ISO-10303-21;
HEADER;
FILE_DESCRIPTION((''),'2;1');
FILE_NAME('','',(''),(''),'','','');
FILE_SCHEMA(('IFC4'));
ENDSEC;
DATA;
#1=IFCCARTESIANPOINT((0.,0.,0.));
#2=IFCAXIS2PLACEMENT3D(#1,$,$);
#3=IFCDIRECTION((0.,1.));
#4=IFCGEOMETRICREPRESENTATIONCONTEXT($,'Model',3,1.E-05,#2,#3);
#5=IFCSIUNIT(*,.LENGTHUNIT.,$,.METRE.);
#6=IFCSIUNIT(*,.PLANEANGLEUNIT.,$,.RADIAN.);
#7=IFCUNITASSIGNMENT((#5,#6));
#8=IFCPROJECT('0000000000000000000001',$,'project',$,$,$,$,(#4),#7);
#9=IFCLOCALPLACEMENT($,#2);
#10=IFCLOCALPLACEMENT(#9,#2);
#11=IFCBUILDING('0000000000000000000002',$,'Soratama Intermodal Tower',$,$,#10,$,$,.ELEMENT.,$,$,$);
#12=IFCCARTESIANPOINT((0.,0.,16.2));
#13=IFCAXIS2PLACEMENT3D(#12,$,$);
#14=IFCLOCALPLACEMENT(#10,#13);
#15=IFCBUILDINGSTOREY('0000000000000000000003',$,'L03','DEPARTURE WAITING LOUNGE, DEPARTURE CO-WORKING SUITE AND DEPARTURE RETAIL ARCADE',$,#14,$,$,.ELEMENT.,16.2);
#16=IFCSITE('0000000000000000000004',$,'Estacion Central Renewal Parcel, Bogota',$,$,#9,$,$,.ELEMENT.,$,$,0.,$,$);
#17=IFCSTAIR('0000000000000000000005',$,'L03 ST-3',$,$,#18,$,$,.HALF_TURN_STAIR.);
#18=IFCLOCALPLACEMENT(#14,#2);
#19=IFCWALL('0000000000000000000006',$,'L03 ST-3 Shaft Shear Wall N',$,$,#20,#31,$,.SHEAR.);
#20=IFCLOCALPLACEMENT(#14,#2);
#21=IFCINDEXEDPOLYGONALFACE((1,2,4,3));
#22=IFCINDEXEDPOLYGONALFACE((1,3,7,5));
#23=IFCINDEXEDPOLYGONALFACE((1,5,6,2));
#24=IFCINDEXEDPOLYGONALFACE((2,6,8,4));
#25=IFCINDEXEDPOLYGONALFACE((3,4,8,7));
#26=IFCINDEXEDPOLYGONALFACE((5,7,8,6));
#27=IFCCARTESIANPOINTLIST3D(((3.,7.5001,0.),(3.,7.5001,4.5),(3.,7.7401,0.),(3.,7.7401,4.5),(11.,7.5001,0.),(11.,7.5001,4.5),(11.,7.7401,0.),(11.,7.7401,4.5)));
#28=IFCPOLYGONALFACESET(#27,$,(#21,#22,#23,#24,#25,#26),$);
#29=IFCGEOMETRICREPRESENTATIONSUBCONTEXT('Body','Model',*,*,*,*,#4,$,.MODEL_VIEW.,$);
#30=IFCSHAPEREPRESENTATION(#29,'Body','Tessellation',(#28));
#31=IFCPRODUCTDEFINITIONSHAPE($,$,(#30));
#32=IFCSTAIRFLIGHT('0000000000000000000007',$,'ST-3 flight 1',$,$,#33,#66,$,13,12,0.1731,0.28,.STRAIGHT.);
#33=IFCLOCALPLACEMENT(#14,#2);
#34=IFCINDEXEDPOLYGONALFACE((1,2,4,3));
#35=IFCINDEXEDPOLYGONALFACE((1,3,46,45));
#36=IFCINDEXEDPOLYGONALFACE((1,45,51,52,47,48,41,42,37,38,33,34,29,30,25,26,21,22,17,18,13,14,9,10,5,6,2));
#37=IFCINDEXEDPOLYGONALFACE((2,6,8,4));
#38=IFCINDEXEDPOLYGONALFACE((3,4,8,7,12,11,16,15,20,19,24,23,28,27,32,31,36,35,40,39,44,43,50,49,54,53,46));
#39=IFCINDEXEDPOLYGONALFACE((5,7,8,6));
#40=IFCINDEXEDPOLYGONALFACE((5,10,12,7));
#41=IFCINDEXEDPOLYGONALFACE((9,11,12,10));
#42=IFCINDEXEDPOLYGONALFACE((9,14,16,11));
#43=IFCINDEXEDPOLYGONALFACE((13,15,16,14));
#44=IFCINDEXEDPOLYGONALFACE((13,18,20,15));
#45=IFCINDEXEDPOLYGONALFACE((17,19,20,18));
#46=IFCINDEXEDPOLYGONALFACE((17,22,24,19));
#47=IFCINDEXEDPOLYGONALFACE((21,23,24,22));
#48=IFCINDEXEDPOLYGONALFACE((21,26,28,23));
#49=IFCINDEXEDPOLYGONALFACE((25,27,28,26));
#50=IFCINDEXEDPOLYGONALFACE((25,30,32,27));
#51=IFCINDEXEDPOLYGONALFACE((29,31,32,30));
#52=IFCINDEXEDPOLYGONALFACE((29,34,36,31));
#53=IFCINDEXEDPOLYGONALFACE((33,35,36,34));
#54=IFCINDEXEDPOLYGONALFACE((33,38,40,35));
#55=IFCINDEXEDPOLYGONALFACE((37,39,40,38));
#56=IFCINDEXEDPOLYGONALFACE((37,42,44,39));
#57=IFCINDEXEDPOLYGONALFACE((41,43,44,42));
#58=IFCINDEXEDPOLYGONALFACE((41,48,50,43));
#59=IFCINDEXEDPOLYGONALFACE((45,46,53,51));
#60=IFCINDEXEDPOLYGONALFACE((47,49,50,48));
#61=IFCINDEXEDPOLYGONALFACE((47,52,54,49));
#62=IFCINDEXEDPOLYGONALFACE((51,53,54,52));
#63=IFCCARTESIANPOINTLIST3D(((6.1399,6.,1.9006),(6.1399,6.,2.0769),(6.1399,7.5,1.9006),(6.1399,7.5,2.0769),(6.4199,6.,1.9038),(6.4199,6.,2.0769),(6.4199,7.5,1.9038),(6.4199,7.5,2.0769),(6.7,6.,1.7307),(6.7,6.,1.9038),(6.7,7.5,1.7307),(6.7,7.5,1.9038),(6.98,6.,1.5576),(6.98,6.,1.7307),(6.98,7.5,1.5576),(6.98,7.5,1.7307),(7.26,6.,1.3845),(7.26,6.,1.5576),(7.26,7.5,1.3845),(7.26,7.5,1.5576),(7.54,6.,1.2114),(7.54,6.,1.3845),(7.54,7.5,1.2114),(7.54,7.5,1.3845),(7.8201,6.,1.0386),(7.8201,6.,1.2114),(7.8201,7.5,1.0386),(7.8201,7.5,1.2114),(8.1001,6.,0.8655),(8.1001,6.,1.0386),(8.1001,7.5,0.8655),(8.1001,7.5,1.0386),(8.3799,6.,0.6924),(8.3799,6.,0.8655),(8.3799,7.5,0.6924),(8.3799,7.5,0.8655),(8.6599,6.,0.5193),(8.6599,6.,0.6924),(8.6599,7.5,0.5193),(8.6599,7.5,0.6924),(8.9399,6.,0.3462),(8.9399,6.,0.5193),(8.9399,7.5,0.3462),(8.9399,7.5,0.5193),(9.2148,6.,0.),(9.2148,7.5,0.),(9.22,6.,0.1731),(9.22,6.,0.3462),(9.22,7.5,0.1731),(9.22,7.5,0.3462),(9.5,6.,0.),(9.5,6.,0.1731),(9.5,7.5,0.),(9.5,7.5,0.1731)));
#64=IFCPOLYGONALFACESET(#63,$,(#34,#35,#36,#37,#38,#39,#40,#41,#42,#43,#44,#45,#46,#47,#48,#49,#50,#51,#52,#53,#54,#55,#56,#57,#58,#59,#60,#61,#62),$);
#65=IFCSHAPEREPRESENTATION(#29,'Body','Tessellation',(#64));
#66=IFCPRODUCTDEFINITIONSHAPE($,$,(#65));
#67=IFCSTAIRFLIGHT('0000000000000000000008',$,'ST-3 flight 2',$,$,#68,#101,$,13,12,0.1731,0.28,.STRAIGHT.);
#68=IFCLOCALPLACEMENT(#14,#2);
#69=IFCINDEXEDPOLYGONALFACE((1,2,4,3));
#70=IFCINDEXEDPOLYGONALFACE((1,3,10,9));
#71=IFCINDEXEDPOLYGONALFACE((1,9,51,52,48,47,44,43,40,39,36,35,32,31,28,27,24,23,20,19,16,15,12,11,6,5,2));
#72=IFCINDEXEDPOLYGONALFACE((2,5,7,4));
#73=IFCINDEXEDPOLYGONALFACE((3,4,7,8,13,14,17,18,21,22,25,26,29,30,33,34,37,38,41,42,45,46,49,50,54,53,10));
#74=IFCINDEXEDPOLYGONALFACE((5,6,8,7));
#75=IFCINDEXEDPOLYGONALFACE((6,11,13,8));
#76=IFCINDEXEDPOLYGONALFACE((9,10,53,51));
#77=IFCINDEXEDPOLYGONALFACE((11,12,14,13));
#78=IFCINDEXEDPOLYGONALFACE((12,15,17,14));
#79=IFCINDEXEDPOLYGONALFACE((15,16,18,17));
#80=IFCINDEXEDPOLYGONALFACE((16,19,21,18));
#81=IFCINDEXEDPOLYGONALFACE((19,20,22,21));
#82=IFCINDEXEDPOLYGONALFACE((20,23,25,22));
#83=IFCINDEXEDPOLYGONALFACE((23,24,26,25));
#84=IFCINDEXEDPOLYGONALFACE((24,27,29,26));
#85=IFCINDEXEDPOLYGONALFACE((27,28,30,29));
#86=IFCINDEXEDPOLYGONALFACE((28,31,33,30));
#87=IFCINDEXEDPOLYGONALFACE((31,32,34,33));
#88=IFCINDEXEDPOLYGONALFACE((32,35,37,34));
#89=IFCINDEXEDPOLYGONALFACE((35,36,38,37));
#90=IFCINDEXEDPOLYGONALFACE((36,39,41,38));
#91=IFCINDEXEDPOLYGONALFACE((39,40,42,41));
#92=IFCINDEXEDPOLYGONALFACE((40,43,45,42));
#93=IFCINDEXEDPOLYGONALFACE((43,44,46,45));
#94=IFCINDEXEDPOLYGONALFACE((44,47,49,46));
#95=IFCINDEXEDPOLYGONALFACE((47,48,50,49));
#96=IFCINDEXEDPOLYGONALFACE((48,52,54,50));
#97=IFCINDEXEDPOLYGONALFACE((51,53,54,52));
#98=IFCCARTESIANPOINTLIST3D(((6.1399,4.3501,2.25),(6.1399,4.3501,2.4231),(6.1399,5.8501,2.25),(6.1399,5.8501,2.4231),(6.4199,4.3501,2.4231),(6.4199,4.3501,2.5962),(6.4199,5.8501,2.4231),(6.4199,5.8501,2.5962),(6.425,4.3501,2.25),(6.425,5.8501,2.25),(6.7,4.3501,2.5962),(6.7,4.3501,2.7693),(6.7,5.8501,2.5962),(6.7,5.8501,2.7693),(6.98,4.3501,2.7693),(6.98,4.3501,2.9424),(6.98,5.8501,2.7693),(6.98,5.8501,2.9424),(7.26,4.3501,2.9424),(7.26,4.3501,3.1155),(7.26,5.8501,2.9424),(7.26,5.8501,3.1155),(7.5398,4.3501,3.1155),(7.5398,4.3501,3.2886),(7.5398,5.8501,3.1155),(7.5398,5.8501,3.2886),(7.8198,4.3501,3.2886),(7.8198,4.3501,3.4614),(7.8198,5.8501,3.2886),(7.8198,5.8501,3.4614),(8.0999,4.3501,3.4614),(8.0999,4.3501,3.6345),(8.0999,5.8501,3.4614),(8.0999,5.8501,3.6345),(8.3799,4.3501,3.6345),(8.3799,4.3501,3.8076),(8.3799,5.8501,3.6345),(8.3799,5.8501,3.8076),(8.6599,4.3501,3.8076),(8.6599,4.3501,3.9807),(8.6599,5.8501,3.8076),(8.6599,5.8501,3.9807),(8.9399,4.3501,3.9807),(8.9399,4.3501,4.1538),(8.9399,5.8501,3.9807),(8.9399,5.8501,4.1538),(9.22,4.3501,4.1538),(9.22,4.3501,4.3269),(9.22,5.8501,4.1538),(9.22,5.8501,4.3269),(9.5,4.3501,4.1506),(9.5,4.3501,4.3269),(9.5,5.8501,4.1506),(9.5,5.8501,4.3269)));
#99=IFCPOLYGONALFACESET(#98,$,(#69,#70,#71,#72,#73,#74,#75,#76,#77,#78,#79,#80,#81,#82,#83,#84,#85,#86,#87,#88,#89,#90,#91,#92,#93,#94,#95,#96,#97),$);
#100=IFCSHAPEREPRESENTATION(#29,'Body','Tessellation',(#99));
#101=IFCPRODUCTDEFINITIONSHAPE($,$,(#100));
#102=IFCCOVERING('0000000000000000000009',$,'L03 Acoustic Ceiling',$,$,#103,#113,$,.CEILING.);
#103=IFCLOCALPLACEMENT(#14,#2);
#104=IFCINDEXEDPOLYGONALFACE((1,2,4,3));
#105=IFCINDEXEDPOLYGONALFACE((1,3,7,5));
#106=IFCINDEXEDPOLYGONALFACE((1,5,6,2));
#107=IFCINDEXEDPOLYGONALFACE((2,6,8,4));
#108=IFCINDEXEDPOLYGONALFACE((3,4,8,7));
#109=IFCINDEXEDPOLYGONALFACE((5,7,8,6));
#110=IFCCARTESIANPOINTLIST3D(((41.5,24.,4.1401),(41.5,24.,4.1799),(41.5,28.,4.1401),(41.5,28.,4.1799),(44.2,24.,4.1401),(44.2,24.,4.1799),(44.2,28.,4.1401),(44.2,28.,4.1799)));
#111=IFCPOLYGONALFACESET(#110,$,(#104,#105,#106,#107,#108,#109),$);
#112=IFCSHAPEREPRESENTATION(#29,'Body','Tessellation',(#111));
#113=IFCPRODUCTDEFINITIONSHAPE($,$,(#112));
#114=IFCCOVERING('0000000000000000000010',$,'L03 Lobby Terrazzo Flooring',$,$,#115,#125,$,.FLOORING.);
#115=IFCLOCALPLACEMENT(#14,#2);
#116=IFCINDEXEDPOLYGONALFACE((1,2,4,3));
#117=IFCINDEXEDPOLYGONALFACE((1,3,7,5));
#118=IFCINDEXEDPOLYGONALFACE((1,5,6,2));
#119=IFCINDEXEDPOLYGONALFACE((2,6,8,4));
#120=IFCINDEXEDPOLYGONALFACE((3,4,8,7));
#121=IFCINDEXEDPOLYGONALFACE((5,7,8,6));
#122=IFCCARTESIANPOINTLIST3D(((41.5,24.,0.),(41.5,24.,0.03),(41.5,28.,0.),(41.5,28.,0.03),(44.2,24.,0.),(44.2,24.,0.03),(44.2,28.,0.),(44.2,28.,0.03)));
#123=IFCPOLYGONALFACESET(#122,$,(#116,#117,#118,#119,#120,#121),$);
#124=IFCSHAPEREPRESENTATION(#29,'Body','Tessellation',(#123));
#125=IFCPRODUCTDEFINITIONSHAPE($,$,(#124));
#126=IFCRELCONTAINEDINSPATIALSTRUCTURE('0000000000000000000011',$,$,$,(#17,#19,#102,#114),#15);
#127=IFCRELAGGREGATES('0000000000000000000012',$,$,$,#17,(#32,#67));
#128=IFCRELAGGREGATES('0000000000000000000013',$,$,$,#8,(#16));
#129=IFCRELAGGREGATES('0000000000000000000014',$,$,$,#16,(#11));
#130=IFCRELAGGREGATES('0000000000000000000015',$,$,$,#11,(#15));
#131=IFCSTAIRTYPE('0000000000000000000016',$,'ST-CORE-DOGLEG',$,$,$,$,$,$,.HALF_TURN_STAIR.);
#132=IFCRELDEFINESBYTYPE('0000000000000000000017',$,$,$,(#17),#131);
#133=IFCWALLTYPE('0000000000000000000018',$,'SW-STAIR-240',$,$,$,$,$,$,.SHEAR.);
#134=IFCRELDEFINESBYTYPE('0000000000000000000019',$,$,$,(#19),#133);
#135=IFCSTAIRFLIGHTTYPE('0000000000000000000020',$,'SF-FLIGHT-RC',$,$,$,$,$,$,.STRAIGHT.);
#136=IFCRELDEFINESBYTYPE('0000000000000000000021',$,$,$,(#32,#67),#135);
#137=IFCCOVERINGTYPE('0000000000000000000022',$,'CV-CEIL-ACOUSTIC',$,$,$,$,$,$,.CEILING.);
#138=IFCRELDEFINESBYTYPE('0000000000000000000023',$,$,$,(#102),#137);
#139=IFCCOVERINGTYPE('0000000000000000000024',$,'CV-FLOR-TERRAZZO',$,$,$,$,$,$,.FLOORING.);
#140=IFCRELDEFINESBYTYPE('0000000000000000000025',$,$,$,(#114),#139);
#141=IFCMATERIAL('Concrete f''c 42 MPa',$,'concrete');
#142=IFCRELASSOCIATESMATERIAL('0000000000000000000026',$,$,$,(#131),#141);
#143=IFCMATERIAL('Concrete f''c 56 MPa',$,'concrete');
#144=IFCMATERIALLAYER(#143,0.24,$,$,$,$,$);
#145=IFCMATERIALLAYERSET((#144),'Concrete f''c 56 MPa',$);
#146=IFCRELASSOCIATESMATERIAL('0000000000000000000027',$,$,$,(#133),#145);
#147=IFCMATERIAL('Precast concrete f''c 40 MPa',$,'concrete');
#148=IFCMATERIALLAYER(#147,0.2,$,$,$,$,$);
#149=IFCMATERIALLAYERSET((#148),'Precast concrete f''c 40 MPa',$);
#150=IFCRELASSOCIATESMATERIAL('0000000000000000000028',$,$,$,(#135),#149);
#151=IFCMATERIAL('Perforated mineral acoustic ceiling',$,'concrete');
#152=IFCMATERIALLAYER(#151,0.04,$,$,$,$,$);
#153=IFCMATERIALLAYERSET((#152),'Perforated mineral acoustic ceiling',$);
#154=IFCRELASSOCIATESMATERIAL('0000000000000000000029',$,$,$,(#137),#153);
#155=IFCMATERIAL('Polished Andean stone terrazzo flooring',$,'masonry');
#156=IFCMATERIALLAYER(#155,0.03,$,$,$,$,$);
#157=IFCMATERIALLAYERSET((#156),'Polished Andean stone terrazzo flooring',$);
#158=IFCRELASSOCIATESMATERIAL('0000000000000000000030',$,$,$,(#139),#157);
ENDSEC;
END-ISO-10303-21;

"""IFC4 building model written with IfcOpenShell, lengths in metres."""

from ifc_helpers import new_model, si_unit, direction, frame, frame_2d, origin, place, context, subcontext, project, spatial, polyline, rectangle, outline, extrude, material, layer, layer_set, type_object, element, aggregate, save


model = new_model("IFC4")

# Units and contexts
model_context = context("Model", 3, precision=1e-05, world=origin(), true_north=direction((0.0, 1.0)))
body_context = subcontext(model_context, "Body", "Model", "MODEL_VIEW")
ifc_project = project(units=[si_unit("LENGTHUNIT", "METRE"), si_unit("PLANEANGLEUNIT", "RADIAN")], contexts=[model_context])

# Site, building, storey
site_placement = place(None, origin())
site = spatial("IfcSite", under=ifc_project, at=site_placement, Name="Estacion Central Renewal Parcel, Bogota", CompositionType="ELEMENT", RefElevation=0.0)
building_placement = place(site_placement, origin())
building = spatial("IfcBuilding", under=site, at=building_placement, Name="Soratama Intermodal Tower", CompositionType="ELEMENT")
storey_placement = place(building_placement, frame((0.0, 0.0, 16.2)))
storey = spatial("IfcBuildingStorey", under=building, at=storey_placement, Name="L03", Description="DEPARTURE WAITING LOUNGE, DEPARTURE CO-WORKING SUITE AND DEPARTURE RETAIL ARCADE", CompositionType="ELEMENT", Elevation=16.2)

# Stair
ifc_material_1 = material(Name="Concrete f'c 42 MPa", Category="concrete")
stair_type = type_object("IfcStairType", Name="ST-CORE-DOGLEG", PredefinedType="HALF_TURN_STAIR", material=ifc_material_1)
stair_1_placement = place(storey_placement, origin())
stair_1 = element("IfcStair", 1, at=stair_1_placement, inside=storey, type_object=stair_type, Name="L03 ST-3", PredefinedType="HALF_TURN_STAIR")

# Wall
ifc_material_2 = material(Name="Concrete f'c 56 MPa", Category="concrete")
ifc_layer_1 = layer(ifc_material_2, 0.24)
ifc_layer_set_1 = layer_set([ifc_layer_1], Name="Concrete f'c 56 MPa")
wall_type_1 = type_object("IfcWallType", Name="SW-STAIR-240", PredefinedType="SHEAR", material=ifc_layer_set_1)
for number, where, z_axis, x_axis, name in (
    (2, (3.0, 7.6201, 0.0), (0.0, 0.0, 1.0), (1.0, 0.0, 0.0), "L03 ST-3 Shaft Shear Wall N"),
):
    element("IfcWall", number, at=place(storey_placement, frame(where, z_axis=z_axis, x_axis=x_axis)), inside=storey, type_object=wall_type_1, Name=name, PredefinedType="SHEAR", context=body_context, shape_type="SweptSolid", body=[
        extrude(rectangle(XDim=8.0, YDim=0.24, at=frame_2d((4.0, 0.0))), origin(), (0.0, 0.0, 1.0), 4.5),
    ])

# Stair flights
ifc_material_3 = material(Name="Precast concrete f'c 40 MPa", Category="concrete")
ifc_layer_2 = layer(ifc_material_3, 0.2)
ifc_layer_set_2 = layer_set([ifc_layer_2], Name="Precast concrete f'c 40 MPa")
stair_flight_type = type_object("IfcStairFlightType", Name="SF-FLIGHT-RC", PredefinedType="STRAIGHT", material=ifc_layer_set_2)
stair_flight_1_placement = place(storey_placement, frame((9.5, 6.75, 0.0), z_axis=(0.0, 0.0, 1.0), x_axis=(-1.0, 0.0, 0.0)))
stair_flight_1 = element("IfcStairFlight", 3, at=stair_flight_1_placement, type_object=stair_flight_type, Name="ST-3 flight 1", NumberOfRisers=13, NumberOfTreads=12, PredefinedType="STRAIGHT", RiserHeight=0.1731, TreadLength=0.28, context=body_context, shape_type="SweptSolid", body=[
    extrude(outline(polyline([(0.0, 0.0), (0.0, 0.1731), (0.28, 0.1731), (0.28, 0.3462), (0.5601, 0.3462), (0.5601, 0.5193), (0.8401, 0.5193), (0.8401, 0.6924), (1.1201, 0.6924), (1.1201, 0.8655), (1.3999, 0.8655), (1.3999, 1.0386), (1.6799, 1.0386), (1.6799, 1.2114), (1.96, 1.2114), (1.96, 1.3845), (2.24, 1.3845), (2.24, 1.5576), (2.52, 1.5576), (2.52, 1.7307), (2.8, 1.7307), (2.8, 1.9038), (3.0801, 1.9038), (3.0801, 2.0769), (3.3601, 2.0769), (3.3601, 2.25), (3.3601, 1.9006), (0.2852, 0.0), (0.0, 0.0)])), frame((0.0, 0.75, 0.0), z_axis=(0.0, -1.0, 0.0), x_axis=(1.0, 0.0, 0.0)), (0.0, 0.0, 1.0), 1.5),
])
stair_flight_2_placement = place(storey_placement, frame((6.1399, 5.1001, 2.25), z_axis=(0.0, 0.0, 1.0), x_axis=(1.0, 0.0, 0.0)))
stair_flight_2 = element("IfcStairFlight", 4, at=stair_flight_2_placement, type_object=stair_flight_type, Name="ST-3 flight 2", NumberOfRisers=13, NumberOfTreads=12, PredefinedType="STRAIGHT", RiserHeight=0.1731, TreadLength=0.28, context=body_context, shape_type="SweptSolid", body=[
    extrude(outline(polyline([(0.0, 0.0), (0.0, 0.1731), (0.28, 0.1731), (0.28, 0.3462), (0.5601, 0.3462), (0.5601, 0.5193), (0.8401, 0.5193), (0.8401, 0.6924), (1.1201, 0.6924), (1.1201, 0.8655), (1.3999, 0.8655), (1.3999, 1.0386), (1.6799, 1.0386), (1.6799, 1.2114), (1.96, 1.2114), (1.96, 1.3845), (2.24, 1.3845), (2.24, 1.5576), (2.52, 1.5576), (2.52, 1.7307), (2.8, 1.7307), (2.8, 1.9038), (3.0801, 1.9038), (3.0801, 2.0769), (3.3601, 2.0769), (3.3601, 2.25), (3.3601, 1.9006), (0.2852, 0.0), (0.0, 0.0)])), frame((0.0, 0.75, 0.0), z_axis=(0.0, -1.0, 0.0), x_axis=(1.0, 0.0, 0.0)), (0.0, 0.0, 1.0), 1.5),
])
aggregate(stair_1, [stair_flight_1, stair_flight_2])

# Coverings
ifc_material_4 = material(Name="Perforated mineral acoustic ceiling", Category="concrete")
ifc_layer_3 = layer(ifc_material_4, 0.04)
ifc_layer_set_3 = layer_set([ifc_layer_3], Name="Perforated mineral acoustic ceiling")
covering_type_1 = type_object("IfcCoveringType", Name="CV-CEIL-ACOUSTIC", PredefinedType="CEILING", material=ifc_layer_set_3)
covering_1_placement = place(storey_placement, frame((0.0, 0.0, 4.1401)))
element("IfcCovering", 5, at=covering_1_placement, inside=storey, type_object=covering_type_1, Name="L03 Acoustic Ceiling", PredefinedType="CEILING", context=body_context, shape_type="SweptSolid", body=[
    extrude(outline(polyline([(41.5, 24.0), (44.2, 24.0), (44.2, 28.0), (41.5, 28.0), (41.5, 24.0)])), origin(), (0.0, 0.0, 1.0), 0.0398),
])
ifc_material_5 = material(Name="Polished Andean stone terrazzo flooring", Category="masonry")
ifc_layer_4 = layer(ifc_material_5, 0.03)
ifc_layer_set_4 = layer_set([ifc_layer_4], Name="Polished Andean stone terrazzo flooring")
covering_type_2 = type_object("IfcCoveringType", Name="CV-FLOR-TERRAZZO", PredefinedType="FLOORING", material=ifc_layer_set_4)
covering_2_placement = place(storey_placement, origin())
element("IfcCovering", 6, at=covering_2_placement, inside=storey, type_object=covering_type_2, Name="L03 Lobby Terrazzo Flooring", PredefinedType="FLOORING", context=body_context, shape_type="SweptSolid", body=[
    extrude(outline(polyline([(41.5, 24.0), (44.2, 24.0), (44.2, 28.0), (41.5, 28.0), (41.5, 24.0)])), origin(), (0.0, 0.0, 1.0), 0.03),
])

save(model, "model.ifc")
